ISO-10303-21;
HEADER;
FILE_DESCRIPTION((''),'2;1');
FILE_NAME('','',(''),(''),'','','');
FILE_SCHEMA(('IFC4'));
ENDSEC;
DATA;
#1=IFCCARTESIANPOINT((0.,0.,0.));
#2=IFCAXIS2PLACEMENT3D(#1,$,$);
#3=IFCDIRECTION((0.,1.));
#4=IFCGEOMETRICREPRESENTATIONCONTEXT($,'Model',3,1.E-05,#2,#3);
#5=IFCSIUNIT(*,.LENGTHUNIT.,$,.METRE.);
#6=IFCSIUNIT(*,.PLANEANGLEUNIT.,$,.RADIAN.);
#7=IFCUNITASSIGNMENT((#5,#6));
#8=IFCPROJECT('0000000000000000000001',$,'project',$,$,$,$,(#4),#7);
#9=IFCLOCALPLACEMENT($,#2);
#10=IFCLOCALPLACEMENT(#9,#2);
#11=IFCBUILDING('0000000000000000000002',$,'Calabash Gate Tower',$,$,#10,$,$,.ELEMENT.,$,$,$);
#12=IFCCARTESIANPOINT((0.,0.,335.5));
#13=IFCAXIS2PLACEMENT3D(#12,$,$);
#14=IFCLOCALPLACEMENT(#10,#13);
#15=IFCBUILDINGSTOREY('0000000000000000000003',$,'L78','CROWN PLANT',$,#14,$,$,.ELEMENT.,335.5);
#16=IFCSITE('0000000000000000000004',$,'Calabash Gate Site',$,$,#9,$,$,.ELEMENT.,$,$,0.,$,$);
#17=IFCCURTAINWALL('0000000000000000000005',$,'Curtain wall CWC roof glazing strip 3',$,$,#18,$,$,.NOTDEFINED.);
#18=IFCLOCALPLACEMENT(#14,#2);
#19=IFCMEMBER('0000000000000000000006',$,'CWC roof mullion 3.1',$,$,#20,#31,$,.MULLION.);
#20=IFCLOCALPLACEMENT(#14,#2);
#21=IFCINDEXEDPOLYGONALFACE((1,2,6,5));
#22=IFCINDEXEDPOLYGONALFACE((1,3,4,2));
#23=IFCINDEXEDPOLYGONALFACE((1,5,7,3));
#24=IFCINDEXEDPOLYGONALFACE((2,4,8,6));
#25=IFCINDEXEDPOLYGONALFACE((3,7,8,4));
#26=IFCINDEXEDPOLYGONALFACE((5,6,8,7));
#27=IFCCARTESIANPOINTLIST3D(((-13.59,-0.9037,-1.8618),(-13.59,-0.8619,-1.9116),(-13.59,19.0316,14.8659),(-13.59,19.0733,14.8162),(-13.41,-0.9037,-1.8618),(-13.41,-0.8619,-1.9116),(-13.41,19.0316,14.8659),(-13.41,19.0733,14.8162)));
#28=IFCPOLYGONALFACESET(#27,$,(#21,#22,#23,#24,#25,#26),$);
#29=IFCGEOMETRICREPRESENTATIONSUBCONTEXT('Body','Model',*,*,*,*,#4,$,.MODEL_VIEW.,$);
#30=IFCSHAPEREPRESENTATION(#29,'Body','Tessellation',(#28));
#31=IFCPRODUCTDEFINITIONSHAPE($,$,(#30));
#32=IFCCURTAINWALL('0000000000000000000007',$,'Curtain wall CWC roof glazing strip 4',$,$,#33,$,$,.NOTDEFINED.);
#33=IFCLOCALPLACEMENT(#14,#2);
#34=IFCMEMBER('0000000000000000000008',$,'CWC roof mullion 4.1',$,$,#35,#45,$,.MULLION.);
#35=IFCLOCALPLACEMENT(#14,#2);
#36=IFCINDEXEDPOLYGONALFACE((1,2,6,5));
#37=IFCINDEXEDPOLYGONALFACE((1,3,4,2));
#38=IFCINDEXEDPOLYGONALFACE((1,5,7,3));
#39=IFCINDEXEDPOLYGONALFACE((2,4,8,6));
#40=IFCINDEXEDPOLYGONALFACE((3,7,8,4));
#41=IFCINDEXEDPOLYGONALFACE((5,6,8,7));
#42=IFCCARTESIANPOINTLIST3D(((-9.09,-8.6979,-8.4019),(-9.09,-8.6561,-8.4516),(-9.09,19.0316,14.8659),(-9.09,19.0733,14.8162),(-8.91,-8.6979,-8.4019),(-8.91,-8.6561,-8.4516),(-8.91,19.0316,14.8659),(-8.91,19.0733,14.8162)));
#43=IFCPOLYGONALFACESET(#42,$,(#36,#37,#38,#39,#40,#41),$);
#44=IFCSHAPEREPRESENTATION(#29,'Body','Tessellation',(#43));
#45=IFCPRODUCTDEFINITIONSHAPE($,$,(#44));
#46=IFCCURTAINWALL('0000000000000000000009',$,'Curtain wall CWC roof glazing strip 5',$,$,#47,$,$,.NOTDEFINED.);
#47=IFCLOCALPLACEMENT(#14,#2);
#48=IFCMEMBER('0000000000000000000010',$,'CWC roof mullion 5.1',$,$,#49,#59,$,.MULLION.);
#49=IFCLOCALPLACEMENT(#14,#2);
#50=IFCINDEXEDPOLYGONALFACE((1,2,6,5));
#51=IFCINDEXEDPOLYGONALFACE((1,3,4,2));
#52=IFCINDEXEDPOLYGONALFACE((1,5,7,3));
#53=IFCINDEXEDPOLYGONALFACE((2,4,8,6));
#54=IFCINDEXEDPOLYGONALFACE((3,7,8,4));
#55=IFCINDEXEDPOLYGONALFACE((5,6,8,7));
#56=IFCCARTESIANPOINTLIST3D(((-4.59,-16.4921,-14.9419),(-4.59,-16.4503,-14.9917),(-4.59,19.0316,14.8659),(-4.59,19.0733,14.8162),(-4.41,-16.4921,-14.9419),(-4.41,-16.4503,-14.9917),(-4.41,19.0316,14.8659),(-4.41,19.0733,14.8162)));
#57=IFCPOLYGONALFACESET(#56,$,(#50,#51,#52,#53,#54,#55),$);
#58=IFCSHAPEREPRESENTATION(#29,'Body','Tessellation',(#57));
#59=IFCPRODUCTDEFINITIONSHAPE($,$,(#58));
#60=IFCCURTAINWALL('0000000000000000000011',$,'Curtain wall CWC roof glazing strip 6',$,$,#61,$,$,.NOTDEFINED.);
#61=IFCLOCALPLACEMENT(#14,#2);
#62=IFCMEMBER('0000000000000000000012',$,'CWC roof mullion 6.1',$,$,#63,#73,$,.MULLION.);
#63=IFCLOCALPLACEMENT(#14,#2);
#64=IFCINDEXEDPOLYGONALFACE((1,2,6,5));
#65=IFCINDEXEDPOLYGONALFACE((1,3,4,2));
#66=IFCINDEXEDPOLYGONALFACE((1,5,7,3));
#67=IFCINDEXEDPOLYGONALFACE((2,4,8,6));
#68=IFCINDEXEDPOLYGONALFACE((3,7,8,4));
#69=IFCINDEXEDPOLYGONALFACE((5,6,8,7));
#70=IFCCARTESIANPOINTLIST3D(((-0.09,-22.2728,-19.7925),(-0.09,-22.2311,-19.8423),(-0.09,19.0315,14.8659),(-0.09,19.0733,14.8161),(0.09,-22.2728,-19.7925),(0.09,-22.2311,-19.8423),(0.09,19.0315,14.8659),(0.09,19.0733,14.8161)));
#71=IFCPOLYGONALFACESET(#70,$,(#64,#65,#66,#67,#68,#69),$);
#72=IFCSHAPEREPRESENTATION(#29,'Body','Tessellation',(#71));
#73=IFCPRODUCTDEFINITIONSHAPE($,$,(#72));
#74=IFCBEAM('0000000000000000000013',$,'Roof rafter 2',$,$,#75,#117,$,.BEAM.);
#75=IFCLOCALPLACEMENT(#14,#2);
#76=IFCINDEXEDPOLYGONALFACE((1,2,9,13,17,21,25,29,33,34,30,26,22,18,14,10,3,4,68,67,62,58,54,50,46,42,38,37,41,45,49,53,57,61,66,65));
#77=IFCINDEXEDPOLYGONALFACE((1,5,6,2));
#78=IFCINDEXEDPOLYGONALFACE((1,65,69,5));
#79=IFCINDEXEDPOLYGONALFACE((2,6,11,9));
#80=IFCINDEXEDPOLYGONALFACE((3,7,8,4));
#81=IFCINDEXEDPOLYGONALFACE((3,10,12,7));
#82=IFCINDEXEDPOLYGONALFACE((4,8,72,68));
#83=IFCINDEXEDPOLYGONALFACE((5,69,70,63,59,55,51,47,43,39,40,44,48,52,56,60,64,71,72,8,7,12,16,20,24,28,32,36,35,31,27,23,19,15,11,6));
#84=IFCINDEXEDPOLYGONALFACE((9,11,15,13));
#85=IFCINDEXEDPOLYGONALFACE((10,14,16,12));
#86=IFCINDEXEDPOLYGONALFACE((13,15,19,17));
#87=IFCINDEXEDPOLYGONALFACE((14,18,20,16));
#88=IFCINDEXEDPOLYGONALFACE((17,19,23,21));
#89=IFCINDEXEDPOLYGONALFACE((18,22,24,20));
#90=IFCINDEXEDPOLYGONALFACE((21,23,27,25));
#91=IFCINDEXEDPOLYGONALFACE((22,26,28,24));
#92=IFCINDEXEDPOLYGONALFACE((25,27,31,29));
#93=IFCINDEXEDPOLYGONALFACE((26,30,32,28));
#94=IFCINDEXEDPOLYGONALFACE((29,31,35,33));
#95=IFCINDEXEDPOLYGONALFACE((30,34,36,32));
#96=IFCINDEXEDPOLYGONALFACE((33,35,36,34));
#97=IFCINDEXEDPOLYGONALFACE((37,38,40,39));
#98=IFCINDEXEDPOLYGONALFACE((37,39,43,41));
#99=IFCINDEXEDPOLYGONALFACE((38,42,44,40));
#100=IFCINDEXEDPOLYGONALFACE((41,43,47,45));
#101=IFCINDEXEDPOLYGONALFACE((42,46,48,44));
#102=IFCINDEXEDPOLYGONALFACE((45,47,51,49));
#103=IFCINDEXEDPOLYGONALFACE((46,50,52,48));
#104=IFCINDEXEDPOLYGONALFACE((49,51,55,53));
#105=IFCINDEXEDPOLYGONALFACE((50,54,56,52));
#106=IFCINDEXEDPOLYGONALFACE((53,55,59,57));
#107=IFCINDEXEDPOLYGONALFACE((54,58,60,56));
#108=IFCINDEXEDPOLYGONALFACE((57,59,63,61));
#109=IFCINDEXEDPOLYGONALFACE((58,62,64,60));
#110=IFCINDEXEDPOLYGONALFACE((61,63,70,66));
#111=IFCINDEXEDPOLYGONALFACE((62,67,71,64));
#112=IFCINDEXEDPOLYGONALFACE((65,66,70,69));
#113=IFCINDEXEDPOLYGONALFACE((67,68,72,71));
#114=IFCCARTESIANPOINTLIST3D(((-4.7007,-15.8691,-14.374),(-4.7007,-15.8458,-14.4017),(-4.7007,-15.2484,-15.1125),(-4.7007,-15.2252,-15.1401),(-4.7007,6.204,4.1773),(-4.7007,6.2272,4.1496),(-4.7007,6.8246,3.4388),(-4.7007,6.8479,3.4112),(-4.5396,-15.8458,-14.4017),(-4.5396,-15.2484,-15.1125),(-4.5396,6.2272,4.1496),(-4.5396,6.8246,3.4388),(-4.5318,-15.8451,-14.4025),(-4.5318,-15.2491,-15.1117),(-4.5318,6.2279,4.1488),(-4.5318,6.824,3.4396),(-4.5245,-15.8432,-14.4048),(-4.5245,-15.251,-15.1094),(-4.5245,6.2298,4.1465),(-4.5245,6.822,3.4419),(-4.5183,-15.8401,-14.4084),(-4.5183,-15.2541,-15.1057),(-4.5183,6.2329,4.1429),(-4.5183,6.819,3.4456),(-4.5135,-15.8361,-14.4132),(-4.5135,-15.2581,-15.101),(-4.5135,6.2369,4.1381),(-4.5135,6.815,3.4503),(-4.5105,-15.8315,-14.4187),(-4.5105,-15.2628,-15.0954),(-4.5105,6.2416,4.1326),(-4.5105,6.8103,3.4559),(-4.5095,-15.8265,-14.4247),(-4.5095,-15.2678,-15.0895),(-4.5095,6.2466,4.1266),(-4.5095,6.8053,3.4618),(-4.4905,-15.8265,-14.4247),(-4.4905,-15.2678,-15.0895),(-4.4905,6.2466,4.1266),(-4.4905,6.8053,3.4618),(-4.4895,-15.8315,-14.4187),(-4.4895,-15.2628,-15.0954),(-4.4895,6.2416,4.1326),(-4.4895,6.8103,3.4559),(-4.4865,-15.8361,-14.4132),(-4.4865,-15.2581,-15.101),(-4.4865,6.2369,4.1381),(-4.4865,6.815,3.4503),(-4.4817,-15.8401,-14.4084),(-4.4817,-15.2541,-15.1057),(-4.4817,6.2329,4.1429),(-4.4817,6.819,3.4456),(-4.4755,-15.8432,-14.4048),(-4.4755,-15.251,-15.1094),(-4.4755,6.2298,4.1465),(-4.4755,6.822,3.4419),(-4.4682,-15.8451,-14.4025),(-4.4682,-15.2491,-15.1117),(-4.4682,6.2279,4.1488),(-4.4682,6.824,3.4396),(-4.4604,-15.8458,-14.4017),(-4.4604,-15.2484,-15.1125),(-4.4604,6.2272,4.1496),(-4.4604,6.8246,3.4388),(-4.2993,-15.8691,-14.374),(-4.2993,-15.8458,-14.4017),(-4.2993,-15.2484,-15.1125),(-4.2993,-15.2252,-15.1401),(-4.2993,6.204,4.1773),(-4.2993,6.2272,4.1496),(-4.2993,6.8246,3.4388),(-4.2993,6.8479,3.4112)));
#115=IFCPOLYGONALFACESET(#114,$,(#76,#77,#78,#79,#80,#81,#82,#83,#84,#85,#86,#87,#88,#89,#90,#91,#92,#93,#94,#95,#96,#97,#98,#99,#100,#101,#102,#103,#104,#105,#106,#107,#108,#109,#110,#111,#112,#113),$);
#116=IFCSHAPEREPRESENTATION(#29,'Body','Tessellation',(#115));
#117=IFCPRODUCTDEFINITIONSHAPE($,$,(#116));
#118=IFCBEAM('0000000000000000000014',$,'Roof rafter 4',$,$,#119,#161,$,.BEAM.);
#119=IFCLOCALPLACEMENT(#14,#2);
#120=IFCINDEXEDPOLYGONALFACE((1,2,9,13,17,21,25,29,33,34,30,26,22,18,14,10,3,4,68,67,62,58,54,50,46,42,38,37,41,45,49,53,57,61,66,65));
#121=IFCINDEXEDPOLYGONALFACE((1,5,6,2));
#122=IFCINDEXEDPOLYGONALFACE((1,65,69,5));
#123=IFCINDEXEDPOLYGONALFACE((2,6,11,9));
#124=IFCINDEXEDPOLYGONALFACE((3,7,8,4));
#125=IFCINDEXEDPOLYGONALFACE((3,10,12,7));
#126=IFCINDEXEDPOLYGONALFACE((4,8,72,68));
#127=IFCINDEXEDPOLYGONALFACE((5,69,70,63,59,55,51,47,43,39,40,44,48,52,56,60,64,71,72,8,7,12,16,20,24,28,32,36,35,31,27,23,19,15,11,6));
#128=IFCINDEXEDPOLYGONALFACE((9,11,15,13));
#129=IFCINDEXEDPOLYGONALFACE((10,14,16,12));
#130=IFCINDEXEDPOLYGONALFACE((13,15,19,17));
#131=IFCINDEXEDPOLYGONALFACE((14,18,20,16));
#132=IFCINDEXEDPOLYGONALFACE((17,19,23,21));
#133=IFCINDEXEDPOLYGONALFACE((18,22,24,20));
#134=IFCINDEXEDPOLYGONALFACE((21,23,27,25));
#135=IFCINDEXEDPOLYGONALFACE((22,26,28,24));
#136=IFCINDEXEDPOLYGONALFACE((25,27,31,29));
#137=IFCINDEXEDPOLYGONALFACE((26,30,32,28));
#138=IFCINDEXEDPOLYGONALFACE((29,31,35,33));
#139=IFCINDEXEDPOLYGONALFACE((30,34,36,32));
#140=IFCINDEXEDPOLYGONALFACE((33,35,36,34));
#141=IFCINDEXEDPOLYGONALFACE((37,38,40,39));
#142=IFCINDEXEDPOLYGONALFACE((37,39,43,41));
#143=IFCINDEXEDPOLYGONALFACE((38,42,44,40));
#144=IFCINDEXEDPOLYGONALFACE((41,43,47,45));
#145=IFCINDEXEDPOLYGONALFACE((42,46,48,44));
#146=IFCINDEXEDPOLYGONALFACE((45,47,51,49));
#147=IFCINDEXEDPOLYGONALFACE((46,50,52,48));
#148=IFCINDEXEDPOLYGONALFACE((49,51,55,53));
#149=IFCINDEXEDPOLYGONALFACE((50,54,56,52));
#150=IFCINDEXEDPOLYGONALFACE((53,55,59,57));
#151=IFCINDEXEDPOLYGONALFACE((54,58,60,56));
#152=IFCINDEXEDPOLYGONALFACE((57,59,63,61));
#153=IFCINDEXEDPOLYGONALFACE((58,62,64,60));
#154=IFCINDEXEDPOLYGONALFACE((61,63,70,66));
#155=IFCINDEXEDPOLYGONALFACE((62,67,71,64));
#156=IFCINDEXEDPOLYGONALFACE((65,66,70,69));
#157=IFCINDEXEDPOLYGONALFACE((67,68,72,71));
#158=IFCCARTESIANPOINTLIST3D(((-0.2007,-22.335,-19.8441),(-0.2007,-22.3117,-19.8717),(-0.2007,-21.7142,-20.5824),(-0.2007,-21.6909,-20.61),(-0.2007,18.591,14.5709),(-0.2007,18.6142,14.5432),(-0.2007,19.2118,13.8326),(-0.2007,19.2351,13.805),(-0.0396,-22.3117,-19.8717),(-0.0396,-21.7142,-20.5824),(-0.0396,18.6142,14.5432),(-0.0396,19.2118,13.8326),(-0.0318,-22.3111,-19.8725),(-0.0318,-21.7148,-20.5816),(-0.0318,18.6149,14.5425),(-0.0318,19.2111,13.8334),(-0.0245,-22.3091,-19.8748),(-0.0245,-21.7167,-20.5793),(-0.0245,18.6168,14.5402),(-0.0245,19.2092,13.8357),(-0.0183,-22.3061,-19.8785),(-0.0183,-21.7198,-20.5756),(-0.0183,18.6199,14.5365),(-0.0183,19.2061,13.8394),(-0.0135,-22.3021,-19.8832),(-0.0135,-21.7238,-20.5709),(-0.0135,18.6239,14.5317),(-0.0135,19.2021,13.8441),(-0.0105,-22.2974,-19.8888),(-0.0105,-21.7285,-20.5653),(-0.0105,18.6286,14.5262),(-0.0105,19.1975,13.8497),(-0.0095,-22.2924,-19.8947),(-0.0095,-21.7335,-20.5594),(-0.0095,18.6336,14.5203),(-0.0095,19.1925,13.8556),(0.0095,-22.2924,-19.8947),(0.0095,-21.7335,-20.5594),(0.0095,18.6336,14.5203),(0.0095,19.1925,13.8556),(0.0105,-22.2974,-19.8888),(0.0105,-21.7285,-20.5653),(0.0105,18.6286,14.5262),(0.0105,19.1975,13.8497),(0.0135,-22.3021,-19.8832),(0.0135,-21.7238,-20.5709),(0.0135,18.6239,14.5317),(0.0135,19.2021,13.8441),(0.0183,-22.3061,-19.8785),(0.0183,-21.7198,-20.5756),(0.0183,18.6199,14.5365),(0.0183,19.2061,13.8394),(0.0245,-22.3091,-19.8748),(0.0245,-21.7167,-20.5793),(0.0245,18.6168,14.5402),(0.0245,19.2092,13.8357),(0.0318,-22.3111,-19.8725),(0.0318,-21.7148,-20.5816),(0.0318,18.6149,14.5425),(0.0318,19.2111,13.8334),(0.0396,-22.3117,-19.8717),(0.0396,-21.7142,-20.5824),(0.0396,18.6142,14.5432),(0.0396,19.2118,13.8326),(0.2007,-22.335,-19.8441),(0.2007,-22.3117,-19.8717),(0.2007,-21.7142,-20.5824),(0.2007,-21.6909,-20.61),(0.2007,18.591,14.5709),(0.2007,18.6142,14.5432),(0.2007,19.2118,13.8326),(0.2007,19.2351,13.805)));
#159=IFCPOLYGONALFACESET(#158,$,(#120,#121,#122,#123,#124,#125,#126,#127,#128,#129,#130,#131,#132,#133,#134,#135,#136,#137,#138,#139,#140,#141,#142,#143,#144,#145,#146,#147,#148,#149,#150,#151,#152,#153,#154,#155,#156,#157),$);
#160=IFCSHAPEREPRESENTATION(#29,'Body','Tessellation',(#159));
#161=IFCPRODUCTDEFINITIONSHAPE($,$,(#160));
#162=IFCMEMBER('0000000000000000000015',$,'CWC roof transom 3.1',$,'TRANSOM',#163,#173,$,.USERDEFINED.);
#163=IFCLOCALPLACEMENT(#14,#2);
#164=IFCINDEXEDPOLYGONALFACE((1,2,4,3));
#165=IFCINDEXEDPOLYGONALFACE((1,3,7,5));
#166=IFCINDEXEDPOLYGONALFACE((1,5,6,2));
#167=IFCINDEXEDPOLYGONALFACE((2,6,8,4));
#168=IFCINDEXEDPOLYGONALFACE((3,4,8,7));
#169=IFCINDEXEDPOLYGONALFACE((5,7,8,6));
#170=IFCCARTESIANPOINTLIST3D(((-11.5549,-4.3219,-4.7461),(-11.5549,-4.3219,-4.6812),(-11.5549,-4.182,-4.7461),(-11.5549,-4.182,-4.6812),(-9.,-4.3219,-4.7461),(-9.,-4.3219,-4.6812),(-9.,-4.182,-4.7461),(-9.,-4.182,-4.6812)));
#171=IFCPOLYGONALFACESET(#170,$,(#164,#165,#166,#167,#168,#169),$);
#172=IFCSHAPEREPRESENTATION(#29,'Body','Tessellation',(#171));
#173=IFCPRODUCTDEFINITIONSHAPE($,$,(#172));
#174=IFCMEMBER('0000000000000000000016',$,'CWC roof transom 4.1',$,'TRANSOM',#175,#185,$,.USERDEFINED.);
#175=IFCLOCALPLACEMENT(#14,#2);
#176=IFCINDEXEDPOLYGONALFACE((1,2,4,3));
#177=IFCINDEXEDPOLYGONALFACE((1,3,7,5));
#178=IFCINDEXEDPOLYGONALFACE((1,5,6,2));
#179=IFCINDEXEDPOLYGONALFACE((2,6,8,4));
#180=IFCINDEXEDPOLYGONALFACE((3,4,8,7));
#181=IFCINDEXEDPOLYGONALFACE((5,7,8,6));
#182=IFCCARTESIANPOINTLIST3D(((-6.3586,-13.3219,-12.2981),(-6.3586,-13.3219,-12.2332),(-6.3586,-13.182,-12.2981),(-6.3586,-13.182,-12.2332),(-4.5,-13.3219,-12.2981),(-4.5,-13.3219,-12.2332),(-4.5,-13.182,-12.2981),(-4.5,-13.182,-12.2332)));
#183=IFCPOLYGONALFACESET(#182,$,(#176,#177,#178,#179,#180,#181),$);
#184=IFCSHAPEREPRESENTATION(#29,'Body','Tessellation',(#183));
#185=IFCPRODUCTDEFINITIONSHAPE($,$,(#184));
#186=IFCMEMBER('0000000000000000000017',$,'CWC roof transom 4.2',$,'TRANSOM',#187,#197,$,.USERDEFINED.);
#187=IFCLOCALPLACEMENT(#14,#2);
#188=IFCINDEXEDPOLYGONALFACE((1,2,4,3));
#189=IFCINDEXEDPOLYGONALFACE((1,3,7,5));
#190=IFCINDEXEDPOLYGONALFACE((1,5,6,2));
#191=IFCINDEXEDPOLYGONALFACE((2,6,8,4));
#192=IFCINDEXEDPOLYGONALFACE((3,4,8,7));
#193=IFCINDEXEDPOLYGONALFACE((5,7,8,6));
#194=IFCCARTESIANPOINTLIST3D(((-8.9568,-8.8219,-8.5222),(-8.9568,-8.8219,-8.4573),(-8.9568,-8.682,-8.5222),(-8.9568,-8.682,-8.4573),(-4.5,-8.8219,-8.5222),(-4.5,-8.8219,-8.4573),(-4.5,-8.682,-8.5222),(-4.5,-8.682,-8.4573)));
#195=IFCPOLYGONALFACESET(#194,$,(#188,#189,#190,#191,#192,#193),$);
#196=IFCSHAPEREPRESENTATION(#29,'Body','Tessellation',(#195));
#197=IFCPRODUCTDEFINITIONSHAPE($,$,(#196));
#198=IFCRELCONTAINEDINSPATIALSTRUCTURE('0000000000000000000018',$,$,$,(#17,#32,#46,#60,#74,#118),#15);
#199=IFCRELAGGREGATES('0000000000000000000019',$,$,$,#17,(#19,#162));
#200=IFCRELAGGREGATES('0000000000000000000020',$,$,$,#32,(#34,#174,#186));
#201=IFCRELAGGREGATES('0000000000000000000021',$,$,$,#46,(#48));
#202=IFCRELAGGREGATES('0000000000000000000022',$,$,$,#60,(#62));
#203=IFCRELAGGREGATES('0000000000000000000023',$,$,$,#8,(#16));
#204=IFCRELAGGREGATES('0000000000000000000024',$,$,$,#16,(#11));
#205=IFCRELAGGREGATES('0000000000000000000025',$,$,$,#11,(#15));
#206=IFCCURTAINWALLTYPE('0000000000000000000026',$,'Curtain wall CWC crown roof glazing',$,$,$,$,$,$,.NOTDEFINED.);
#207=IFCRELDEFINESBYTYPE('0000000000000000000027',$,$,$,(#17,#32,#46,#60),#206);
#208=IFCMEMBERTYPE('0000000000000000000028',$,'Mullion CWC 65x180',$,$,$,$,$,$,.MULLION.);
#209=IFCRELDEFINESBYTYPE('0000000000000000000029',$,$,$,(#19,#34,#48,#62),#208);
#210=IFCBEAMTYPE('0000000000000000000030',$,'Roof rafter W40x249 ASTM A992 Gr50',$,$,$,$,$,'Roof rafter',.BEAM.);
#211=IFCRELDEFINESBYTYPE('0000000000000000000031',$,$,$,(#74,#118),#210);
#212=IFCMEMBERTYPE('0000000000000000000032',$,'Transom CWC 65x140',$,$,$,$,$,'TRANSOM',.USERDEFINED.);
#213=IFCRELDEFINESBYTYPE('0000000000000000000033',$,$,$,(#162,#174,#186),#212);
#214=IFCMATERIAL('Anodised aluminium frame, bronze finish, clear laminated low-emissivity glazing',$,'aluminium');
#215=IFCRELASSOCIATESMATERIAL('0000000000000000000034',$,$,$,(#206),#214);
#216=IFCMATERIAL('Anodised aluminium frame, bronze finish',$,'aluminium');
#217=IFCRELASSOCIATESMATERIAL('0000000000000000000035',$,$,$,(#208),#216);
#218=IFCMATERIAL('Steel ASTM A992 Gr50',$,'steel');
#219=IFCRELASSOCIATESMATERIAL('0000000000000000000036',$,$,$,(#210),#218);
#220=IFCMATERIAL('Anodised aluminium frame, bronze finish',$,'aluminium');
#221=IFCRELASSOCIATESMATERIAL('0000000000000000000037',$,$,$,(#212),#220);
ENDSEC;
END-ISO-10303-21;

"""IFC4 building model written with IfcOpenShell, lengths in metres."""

from ifc_helpers import new_model, si_unit, direction, frame, origin, origin_2d, place, context, subcontext, project, spatial, rectangle, i_section, extrude, material, material_profile, profile_set, type_object, element, aggregate, save


model = new_model("IFC4")

# Units and contexts
model_context = context("Model", 3, precision=1e-05, world=origin(), true_north=direction((0.0, 1.0)))
body_context = subcontext(model_context, "Body", "Model", "MODEL_VIEW")
ifc_project = project(units=[si_unit("LENGTHUNIT", "METRE"), si_unit("PLANEANGLEUNIT", "RADIAN")], contexts=[model_context])

# Site, building, storey
site_placement = place(None, origin())
site = spatial("IfcSite", under=ifc_project, at=site_placement, Name="Calabash Gate Site", CompositionType="ELEMENT", RefElevation=0.0)
building_placement = place(site_placement, origin())
building = spatial("IfcBuilding", under=site, at=building_placement, Name="Calabash Gate Tower", CompositionType="ELEMENT")
storey_placement = place(building_placement, frame((0.0, 0.0, 335.5)))
storey = spatial("IfcBuildingStorey", under=building, at=storey_placement, Name="L78", Description="CROWN PLANT", CompositionType="ELEMENT", Elevation=335.5)

# Curtain walls, members
ifc_material_1 = material(Name="Anodised aluminium frame, bronze finish, clear laminated low-emissivity glazing", Category="aluminium")
curtain_wall_type = type_object("IfcCurtainWallType", Name="Curtain wall CWC crown roof glazing", PredefinedType="NOTDEFINED", material=ifc_material_1)
curtain_wall_1_placement = place(storey_placement, origin())
curtain_wall_1 = element("IfcCurtainWall", 1, at=curtain_wall_1_placement, inside=storey, type_object=curtain_wall_type, Name="Curtain wall CWC roof glazing strip 3", PredefinedType="NOTDEFINED")
ifc_material_2 = material(Name="Anodised aluminium frame, bronze finish", Category="aluminium")
ifc_material_profile_1 = material_profile(ifc_material_2, rectangle(XDim=0.1799, YDim=0.0649, at=origin_2d()))
ifc_profile_set_1 = profile_set([ifc_material_profile_1], Name="Anodised aluminium frame, bronze finish")
member_type_1 = type_object("IfcMemberType", Name="Mullion CWC 65x180", PredefinedType="MULLION", material=ifc_profile_set_1)
member_1_placement = place(storey_placement, frame((-13.5, -0.8828, -1.8867), z_axis=(0.0, 0.766043, 0.642789), x_axis=(-1.0, 0.0, 0.0)))
member_1 = element("IfcMember", 2, at=member_1_placement, type_object=member_type_1, Name="CWC roof mullion 3.1", PredefinedType="MULLION", context=body_context, shape_type="SweptSolid", body=[
    extrude(rectangle(XDim=0.1799, YDim=0.0649, at=origin_2d()), origin(), (0.0, 0.0, 1.0), 26.0237),
])
curtain_wall_2_placement = place(storey_placement, origin())
curtain_wall_2 = element("IfcCurtainWall", 3, at=curtain_wall_2_placement, inside=storey, type_object=curtain_wall_type, Name="Curtain wall CWC roof glazing strip 4", PredefinedType="NOTDEFINED")
member_2_placement = place(storey_placement, frame((-9.0, -8.677, -8.4268), z_axis=(0.0, 0.766044, 0.642788), x_axis=(-1.0, 0.0, 0.0)))
member_2 = element("IfcMember", 4, at=member_2_placement, type_object=member_type_1, Name="CWC roof mullion 4.1", PredefinedType="MULLION", context=body_context, shape_type="SweptSolid", body=[
    extrude(rectangle(XDim=0.1799, YDim=0.0649, at=origin_2d()), origin(), (0.0, 0.0, 1.0), 36.1982),
])
curtain_wall_3_placement = place(storey_placement, origin())
curtain_wall_3 = element("IfcCurtainWall", 5, at=curtain_wall_3_placement, inside=storey, type_object=curtain_wall_type, Name="Curtain wall CWC roof glazing strip 5", PredefinedType="NOTDEFINED")
member_3_placement = place(storey_placement, frame((-4.5, -16.4712, -14.9668), z_axis=(0.0, 0.766045, 0.642787), x_axis=(-1.0, 0.0, 0.0)))
member_3 = element("IfcMember", 6, at=member_3_placement, type_object=member_type_1, Name="CWC roof mullion 5.1", PredefinedType="MULLION", context=body_context, shape_type="SweptSolid", body=[
    extrude(rectangle(XDim=0.1799, YDim=0.0649, at=origin_2d()), origin(), (0.0, 0.0, 1.0), 46.3728),
])
curtain_wall_4_placement = place(storey_placement, origin())
curtain_wall_4 = element("IfcCurtainWall", 7, at=curtain_wall_4_placement, inside=storey, type_object=curtain_wall_type, Name="Curtain wall CWC roof glazing strip 6", PredefinedType="NOTDEFINED")
member_4_placement = place(storey_placement, frame((0.0, -22.252, -19.8174), z_axis=(0.0, 0.766045, 0.642787), x_axis=(-1.0, 0.0, 0.0)))
member_4 = element("IfcMember", 8, at=member_4_placement, type_object=member_type_1, Name="CWC roof mullion 6.1", PredefinedType="MULLION", context=body_context, shape_type="SweptSolid", body=[
    extrude(rectangle(XDim=0.1799, YDim=0.0649, at=origin_2d()), origin(), (0.0, 0.0, 1.0), 53.9189),
])

# Beams
ifc_material_3 = material(Name="Steel ASTM A992 Gr50", Category="steel")
ifc_material_profile_2 = material_profile(ifc_material_3, i_section(OverallWidth=0.4014, OverallDepth=1.0007, WebThickness=0.019, FlangeThickness=0.0361, FilletRadius=0.03, at=origin_2d()))
ifc_profile_set_2 = profile_set([ifc_material_profile_2], Name="Steel ASTM A992 Gr50")
beam_type = type_object("IfcBeamType", Name="Roof rafter W40x249 ASTM A992 Gr50", ElementType="Roof rafter", PredefinedType="BEAM", material=ifc_profile_set_2)
beam_1_placement = place(storey_placement, frame((-4.5, -15.5471, -14.7571), z_axis=(0.0, 0.765535, 0.643394), x_axis=(-1.0, 0.0, 0.0)))
element("IfcBeam", 9, at=beam_1_placement, inside=storey, type_object=beam_type, Name="Roof rafter 2", PredefinedType="BEAM", context=body_context, shape_type="SweptSolid", body=[
    extrude(i_section(OverallWidth=0.4014, OverallDepth=1.0007, WebThickness=0.019, FlangeThickness=0.0361, FilletRadius=0.03, at=origin_2d()), origin(), (0.0, 0.0, 1.0), 28.8335),
])
beam_2_placement = place(storey_placement, frame((0.0, -22.0129, -20.2271), z_axis=(0.0, 0.765362, 0.6436), x_axis=(-1.0, 0.0, 0.0)))
element("IfcBeam", 10, at=beam_2_placement, inside=storey, type_object=beam_type, Name="Roof rafter 4", PredefinedType="BEAM", context=body_context, shape_type="SweptSolid", body=[
    extrude(i_section(OverallWidth=0.4014, OverallDepth=1.0007, WebThickness=0.019, FlangeThickness=0.0361, FilletRadius=0.03, at=origin_2d()), origin(), (0.0, 0.0, 1.0), 53.4727),
])

# Members
ifc_material_4 = material(Name="Anodised aluminium frame, bronze finish", Category="aluminium")
ifc_material_profile_3 = material_profile(ifc_material_4, rectangle(XDim=0.1399, YDim=0.0649, at=origin_2d()))
ifc_profile_set_3 = profile_set([ifc_material_profile_3], Name="Anodised aluminium frame, bronze finish")
member_type_2 = type_object("IfcMemberType", Name="Transom CWC 65x140", ElementType="TRANSOM", PredefinedType="USERDEFINED", material=ifc_profile_set_3)
member_5_placement = place(storey_placement, frame((-11.5549, -4.252, -4.7136), z_axis=(1.0, 0.0, 0.0), x_axis=(0.0, 1.0, 0.0)))
member_5 = element("IfcMember", 11, at=member_5_placement, type_object=member_type_2, Name="CWC roof transom 3.1", ObjectType="TRANSOM", PredefinedType="USERDEFINED", context=body_context, shape_type="SweptSolid", body=[
    extrude(rectangle(XDim=0.1399, YDim=0.0649, at=origin_2d()), origin(), (0.0, 0.0, 1.0), 2.5549),
])
member_6_placement = place(storey_placement, frame((-6.3586, -13.252, -12.2656), z_axis=(1.0, 0.0, 0.0), x_axis=(0.0, 1.0, 0.0)))
member_6 = element("IfcMember", 12, at=member_6_placement, type_object=member_type_2, Name="CWC roof transom 4.1", ObjectType="TRANSOM", PredefinedType="USERDEFINED", context=body_context, shape_type="SweptSolid", body=[
    extrude(rectangle(XDim=0.1399, YDim=0.0649, at=origin_2d()), origin(), (0.0, 0.0, 1.0), 1.8586),
])
member_7_placement = place(storey_placement, frame((-8.9568, -8.752, -8.4897), z_axis=(1.0, 0.0, 0.0), x_axis=(0.0, 1.0, 0.0)))
member_7 = element("IfcMember", 13, at=member_7_placement, type_object=member_type_2, Name="CWC roof transom 4.2", ObjectType="TRANSOM", PredefinedType="USERDEFINED", context=body_context, shape_type="SweptSolid", body=[
    extrude(rectangle(XDim=0.1399, YDim=0.0649, at=origin_2d()), origin(), (0.0, 0.0, 1.0), 4.4568),
])

aggregate(curtain_wall_1, [member_1, member_5])
aggregate(curtain_wall_2, [member_2, member_6, member_7])
aggregate(curtain_wall_3, [member_3])
aggregate(curtain_wall_4, [member_4])

save(model, "model.ifc")
